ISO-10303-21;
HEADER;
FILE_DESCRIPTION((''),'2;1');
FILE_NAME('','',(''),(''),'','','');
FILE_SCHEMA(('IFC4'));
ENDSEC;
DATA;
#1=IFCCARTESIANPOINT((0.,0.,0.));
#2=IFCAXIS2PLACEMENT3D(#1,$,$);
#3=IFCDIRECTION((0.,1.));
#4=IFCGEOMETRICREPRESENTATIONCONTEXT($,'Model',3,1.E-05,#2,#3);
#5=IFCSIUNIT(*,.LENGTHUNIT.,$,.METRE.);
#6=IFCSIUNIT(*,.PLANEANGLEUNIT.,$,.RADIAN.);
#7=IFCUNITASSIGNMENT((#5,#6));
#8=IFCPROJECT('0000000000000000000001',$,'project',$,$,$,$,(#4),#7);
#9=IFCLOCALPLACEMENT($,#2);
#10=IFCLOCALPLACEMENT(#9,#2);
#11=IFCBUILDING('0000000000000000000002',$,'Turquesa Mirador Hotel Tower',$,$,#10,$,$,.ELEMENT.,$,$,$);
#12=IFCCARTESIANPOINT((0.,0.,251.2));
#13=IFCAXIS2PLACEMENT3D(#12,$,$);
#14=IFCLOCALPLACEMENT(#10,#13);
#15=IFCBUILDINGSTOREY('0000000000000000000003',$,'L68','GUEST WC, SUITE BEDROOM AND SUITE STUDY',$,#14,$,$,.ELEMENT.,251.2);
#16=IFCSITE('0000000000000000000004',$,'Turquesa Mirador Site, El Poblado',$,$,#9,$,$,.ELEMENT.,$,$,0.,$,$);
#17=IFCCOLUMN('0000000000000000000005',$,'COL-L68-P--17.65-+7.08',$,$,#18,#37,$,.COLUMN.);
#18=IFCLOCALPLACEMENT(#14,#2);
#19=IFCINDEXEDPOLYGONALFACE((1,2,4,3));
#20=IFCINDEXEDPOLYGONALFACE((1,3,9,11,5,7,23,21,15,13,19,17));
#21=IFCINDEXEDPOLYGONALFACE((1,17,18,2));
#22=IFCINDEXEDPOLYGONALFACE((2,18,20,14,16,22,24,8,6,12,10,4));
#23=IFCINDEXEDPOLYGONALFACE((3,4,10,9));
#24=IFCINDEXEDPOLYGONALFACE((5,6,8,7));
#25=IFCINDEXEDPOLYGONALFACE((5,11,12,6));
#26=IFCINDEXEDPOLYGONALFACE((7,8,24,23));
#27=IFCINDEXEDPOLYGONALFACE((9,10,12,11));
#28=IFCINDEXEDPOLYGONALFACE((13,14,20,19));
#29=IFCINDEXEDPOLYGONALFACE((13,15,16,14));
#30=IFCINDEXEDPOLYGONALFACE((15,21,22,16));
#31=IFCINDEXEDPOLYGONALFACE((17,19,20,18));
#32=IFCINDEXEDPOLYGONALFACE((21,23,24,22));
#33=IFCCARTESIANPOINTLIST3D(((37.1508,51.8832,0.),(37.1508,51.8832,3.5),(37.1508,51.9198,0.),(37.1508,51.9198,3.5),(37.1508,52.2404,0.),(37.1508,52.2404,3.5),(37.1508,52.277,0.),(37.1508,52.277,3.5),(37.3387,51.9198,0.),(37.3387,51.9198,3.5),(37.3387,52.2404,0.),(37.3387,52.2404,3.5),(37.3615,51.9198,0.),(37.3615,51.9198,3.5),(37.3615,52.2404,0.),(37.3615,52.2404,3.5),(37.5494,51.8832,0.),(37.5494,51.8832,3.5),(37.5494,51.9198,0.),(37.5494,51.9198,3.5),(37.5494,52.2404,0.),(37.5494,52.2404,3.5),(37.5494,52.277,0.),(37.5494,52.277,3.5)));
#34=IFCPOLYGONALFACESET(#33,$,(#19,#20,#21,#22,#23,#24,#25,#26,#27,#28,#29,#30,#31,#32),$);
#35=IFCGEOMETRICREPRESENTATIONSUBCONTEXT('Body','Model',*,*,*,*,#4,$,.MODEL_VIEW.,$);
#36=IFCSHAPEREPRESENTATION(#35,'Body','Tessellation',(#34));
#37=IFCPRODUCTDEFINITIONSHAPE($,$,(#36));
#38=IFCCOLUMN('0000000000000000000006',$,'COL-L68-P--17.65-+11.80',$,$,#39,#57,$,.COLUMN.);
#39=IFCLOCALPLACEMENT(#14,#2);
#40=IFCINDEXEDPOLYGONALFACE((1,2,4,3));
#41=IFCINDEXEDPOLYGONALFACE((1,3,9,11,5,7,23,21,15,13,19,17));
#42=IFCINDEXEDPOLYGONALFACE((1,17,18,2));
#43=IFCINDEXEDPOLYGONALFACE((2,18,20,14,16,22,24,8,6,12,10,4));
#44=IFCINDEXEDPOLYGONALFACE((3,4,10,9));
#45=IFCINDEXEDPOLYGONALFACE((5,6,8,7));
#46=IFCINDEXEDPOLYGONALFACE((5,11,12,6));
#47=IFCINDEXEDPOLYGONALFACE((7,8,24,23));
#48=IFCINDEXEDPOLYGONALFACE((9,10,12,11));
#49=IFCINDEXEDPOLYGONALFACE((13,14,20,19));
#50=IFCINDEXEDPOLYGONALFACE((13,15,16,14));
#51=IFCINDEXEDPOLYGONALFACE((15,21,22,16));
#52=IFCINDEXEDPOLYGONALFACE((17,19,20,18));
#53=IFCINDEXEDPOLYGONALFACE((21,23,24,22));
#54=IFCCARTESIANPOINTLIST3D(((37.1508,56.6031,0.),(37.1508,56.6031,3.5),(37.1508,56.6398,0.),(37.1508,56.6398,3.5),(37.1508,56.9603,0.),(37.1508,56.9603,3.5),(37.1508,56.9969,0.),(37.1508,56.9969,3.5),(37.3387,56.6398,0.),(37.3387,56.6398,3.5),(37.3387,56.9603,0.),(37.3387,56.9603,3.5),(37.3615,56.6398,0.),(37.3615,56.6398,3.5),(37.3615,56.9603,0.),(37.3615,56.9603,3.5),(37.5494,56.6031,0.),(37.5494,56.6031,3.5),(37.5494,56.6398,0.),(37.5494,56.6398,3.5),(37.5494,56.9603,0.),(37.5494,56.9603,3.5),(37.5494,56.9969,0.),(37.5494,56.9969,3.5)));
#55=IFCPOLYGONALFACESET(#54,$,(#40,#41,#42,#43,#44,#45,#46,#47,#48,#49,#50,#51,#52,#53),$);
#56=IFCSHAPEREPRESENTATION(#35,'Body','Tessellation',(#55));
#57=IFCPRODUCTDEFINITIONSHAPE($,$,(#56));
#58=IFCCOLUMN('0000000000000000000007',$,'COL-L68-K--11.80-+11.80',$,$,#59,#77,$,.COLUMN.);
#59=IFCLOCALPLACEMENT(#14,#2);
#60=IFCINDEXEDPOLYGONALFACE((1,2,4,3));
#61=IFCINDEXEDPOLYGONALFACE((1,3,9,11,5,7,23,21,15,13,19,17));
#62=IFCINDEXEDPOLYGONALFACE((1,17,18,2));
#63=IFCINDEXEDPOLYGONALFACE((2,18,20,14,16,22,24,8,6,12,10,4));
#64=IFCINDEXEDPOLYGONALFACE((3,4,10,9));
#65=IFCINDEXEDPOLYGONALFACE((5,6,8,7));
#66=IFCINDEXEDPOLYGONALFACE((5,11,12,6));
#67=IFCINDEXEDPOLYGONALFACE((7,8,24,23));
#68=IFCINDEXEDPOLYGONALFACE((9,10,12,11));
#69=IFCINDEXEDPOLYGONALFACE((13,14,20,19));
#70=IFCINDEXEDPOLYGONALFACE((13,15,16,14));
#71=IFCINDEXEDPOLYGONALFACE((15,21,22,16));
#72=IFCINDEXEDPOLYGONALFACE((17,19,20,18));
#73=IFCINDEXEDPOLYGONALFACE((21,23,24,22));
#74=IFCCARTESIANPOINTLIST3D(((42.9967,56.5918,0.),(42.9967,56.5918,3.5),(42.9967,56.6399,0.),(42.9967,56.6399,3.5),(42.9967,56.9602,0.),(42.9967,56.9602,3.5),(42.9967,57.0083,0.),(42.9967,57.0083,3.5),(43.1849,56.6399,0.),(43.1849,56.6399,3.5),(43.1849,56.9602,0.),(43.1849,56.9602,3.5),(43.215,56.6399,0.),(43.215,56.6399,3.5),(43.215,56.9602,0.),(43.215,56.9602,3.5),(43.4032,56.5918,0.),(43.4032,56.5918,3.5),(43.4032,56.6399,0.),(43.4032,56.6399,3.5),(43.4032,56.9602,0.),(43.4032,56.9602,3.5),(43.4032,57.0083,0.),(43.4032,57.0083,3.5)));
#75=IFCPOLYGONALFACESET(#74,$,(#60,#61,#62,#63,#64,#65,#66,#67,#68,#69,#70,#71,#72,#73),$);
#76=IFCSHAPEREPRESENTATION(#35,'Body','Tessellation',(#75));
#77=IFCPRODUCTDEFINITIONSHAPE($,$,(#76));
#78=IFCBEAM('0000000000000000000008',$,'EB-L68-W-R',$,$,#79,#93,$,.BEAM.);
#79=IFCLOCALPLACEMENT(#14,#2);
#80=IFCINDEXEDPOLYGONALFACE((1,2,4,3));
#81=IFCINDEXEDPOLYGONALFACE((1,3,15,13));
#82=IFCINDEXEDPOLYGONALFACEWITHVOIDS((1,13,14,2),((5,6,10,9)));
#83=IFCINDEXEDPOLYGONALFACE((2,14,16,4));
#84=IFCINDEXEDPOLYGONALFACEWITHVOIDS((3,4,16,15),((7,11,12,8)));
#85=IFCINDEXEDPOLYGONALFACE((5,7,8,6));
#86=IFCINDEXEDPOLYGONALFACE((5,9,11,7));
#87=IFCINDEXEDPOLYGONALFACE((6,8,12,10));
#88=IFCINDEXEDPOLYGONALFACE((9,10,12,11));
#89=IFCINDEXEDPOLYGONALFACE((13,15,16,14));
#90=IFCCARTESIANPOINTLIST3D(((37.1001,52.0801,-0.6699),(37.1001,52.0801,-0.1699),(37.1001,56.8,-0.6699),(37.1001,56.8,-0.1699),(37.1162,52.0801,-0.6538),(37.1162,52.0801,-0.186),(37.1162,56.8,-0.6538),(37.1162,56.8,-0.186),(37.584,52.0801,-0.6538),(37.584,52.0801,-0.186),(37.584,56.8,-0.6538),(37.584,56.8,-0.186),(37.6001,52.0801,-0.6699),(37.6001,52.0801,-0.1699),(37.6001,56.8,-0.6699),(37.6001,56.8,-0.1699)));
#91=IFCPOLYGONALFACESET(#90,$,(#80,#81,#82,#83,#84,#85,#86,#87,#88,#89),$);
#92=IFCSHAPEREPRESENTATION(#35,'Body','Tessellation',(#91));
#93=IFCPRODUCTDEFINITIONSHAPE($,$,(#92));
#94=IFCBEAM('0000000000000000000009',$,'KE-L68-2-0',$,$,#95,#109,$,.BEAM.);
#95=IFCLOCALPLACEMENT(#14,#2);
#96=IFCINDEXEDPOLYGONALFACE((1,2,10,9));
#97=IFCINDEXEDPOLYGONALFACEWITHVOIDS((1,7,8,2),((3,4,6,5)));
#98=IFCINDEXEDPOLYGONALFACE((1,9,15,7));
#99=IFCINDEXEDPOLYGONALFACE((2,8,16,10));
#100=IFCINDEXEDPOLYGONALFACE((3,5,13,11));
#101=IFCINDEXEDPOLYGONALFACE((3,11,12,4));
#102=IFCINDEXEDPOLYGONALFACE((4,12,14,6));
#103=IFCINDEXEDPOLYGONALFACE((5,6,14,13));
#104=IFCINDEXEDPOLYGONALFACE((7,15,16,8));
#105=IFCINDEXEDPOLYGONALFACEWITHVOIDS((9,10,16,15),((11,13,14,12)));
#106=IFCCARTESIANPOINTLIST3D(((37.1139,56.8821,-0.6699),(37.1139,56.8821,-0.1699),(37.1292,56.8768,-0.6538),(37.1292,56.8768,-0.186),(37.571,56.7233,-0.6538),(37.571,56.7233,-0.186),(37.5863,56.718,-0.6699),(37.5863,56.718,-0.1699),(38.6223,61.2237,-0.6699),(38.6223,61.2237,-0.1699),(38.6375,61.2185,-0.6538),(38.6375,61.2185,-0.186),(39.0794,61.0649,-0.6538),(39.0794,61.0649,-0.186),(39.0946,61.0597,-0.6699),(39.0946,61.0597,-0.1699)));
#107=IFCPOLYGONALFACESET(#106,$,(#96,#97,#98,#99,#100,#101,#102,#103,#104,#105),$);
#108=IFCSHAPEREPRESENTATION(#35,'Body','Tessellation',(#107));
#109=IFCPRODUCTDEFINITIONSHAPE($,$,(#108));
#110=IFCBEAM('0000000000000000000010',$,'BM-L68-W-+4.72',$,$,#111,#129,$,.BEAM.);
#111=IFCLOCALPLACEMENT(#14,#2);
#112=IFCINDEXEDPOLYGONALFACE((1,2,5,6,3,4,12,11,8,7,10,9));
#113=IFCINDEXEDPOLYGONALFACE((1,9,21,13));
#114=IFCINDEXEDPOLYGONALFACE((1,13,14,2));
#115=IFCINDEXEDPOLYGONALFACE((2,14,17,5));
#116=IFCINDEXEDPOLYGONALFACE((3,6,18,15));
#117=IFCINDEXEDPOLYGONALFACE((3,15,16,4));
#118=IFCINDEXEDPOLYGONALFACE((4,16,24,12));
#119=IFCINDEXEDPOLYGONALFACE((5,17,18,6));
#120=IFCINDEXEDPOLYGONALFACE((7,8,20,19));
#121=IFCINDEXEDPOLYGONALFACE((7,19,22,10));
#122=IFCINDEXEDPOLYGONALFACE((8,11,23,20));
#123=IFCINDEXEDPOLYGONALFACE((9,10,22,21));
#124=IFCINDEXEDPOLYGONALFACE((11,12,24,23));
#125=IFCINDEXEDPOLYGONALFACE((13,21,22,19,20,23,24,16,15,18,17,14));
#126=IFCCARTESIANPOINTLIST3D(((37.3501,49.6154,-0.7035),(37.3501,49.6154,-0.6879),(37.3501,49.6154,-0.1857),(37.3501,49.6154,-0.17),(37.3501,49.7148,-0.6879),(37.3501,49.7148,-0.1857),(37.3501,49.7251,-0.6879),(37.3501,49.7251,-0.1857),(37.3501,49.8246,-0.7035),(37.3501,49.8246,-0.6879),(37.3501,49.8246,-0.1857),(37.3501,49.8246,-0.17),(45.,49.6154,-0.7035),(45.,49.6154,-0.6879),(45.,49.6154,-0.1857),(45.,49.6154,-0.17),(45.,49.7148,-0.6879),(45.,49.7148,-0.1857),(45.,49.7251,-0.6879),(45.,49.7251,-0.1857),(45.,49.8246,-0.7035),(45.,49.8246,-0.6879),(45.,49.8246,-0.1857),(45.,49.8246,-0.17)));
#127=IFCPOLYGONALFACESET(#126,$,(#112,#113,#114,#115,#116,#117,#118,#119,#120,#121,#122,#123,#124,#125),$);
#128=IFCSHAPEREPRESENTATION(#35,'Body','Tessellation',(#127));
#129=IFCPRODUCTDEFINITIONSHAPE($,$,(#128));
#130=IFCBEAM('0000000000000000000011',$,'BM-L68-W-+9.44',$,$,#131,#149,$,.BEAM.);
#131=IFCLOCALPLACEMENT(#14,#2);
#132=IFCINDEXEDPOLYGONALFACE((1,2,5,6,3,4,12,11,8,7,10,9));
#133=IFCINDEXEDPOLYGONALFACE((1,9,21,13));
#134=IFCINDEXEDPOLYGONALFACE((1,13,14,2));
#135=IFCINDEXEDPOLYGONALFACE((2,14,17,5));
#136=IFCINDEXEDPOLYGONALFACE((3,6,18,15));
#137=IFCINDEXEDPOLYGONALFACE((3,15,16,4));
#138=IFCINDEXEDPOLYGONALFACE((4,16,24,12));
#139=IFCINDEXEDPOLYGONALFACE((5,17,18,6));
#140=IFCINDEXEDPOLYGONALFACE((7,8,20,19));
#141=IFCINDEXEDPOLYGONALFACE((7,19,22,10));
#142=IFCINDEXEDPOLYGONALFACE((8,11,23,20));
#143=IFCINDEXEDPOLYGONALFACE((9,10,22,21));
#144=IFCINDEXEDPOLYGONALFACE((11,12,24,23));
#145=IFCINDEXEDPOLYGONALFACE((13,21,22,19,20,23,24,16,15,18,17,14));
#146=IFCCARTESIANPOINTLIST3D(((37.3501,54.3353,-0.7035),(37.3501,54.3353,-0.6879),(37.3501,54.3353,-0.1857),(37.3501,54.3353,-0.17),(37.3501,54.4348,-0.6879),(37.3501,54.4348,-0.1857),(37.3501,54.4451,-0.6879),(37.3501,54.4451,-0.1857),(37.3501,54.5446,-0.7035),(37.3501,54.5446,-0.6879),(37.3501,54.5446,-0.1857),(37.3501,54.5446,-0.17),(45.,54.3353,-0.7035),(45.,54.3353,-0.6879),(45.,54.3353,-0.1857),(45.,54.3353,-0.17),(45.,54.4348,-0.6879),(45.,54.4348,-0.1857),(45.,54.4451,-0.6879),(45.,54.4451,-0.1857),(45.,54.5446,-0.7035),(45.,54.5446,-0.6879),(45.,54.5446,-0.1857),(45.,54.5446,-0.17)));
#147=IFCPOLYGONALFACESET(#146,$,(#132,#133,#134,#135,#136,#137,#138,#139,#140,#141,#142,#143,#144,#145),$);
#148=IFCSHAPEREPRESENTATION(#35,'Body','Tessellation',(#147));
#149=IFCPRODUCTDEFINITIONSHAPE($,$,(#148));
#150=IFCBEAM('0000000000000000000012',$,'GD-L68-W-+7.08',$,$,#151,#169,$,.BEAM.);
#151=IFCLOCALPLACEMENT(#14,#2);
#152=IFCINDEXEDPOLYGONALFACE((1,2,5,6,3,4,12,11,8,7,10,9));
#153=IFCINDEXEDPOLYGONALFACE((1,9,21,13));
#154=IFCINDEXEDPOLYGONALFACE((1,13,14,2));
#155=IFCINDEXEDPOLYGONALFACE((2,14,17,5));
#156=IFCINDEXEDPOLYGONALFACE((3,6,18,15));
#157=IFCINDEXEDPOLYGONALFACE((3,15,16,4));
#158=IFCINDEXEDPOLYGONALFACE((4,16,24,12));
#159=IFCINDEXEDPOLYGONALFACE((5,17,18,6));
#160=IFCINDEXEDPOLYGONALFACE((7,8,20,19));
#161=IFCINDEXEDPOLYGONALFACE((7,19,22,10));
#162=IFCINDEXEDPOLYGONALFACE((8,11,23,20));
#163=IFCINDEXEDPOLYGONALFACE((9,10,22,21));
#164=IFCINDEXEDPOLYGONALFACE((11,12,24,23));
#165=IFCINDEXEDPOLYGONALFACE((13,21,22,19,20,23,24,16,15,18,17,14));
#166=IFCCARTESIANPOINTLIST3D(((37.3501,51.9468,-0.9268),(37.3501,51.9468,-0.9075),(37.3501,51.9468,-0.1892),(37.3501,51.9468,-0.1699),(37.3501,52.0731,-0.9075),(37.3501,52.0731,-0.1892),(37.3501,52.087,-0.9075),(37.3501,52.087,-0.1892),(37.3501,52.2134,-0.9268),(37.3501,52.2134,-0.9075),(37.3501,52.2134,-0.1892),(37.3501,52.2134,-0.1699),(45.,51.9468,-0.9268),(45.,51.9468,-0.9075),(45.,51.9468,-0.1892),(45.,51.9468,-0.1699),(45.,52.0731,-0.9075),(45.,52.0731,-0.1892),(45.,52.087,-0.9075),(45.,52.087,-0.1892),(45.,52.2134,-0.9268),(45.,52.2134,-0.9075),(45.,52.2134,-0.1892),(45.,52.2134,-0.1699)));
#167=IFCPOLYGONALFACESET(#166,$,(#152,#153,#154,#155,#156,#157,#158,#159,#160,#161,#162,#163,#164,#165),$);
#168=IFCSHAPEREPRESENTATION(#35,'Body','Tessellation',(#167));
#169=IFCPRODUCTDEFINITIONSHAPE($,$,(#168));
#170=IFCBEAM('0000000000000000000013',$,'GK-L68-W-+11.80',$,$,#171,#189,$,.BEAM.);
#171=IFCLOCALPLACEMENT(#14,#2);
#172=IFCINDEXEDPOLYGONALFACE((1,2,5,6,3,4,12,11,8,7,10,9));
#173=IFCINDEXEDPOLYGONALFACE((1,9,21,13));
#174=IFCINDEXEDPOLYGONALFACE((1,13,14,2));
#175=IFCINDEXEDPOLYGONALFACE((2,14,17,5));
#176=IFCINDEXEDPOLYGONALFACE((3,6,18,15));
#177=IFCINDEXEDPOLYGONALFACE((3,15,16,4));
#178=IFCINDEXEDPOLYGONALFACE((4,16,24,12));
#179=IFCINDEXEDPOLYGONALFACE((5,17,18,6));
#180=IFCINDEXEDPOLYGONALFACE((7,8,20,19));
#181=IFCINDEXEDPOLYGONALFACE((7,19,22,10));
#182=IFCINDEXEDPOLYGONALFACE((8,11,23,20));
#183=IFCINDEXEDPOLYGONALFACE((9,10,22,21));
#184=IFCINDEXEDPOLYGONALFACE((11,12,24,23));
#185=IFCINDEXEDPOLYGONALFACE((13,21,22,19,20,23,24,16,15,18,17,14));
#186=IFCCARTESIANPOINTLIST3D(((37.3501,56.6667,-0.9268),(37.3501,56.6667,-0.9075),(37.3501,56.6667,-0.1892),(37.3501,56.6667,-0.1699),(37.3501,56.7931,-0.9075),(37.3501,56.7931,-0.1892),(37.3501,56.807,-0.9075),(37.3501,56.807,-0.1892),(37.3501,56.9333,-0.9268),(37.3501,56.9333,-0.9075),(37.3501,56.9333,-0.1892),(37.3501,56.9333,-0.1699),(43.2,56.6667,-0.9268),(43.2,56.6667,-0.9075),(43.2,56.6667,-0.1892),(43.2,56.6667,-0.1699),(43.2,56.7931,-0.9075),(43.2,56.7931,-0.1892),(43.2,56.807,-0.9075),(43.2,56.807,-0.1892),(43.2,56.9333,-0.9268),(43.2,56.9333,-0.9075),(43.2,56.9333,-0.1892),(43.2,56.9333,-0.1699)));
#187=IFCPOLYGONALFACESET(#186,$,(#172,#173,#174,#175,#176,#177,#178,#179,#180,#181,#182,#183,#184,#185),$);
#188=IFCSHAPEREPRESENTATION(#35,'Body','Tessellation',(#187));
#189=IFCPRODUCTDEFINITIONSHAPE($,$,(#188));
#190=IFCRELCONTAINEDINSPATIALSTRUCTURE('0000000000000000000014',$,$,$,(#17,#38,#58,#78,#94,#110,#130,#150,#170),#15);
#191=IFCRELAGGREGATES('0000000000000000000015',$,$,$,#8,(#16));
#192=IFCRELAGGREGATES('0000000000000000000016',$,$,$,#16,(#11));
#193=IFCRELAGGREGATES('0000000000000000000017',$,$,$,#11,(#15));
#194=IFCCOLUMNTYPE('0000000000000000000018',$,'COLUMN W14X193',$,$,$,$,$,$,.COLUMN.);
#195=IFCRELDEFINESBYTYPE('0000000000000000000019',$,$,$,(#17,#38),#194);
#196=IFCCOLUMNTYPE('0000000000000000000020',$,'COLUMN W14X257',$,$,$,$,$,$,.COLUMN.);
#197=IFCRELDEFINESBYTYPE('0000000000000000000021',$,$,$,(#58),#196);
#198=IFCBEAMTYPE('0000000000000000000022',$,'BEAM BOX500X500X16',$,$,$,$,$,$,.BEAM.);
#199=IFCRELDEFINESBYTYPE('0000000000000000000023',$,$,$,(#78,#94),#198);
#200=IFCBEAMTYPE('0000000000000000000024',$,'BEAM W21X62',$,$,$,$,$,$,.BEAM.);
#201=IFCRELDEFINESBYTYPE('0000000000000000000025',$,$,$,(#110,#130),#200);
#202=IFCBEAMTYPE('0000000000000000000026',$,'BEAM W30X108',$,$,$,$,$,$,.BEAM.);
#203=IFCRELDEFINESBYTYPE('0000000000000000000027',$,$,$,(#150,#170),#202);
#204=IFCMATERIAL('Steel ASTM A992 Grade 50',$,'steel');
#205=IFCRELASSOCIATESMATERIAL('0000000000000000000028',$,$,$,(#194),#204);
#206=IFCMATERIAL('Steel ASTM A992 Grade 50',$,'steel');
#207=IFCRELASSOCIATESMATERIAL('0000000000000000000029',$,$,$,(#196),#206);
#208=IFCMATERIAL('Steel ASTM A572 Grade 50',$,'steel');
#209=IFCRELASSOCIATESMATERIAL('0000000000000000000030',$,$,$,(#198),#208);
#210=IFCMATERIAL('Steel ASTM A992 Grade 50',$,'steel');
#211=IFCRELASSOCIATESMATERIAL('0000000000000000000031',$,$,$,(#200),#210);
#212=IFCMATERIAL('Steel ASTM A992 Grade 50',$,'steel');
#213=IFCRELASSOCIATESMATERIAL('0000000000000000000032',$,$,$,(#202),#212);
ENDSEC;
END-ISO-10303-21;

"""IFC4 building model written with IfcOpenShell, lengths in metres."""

from ifc_helpers import new_model, si_unit, direction, frame, origin, origin_2d, place, context, subcontext, project, spatial, hollow_rectangle, i_section, extrude, material, material_profile, profile_set, type_object, element, save


model = new_model("IFC4")

# Units and contexts
model_context = context("Model", 3, precision=1e-05, world=origin(), true_north=direction((0.0, 1.0)))
body_context = subcontext(model_context, "Body", "Model", "MODEL_VIEW")
ifc_project = project(units=[si_unit("LENGTHUNIT", "METRE"), si_unit("PLANEANGLEUNIT", "RADIAN")], contexts=[model_context])

# Site, building, storey
site_placement = place(None, origin())
site = spatial("IfcSite", under=ifc_project, at=site_placement, Name="Turquesa Mirador Site, El Poblado", CompositionType="ELEMENT", RefElevation=0.0)
building_placement = place(site_placement, origin())
building = spatial("IfcBuilding", under=site, at=building_placement, Name="Turquesa Mirador Hotel Tower", CompositionType="ELEMENT")
storey_placement = place(building_placement, frame((0.0, 0.0, 251.2)))
storey = spatial("IfcBuildingStorey", under=building, at=storey_placement, Name="L68", Description="GUEST WC, SUITE BEDROOM AND SUITE STUDY", CompositionType="ELEMENT", Elevation=251.2)

# Columns
ifc_material_1 = material(Name="Steel ASTM A992 Grade 50", Category="steel")
ifc_material_profile_1 = material_profile(ifc_material_1, i_section(OverallWidth=0.3987, OverallDepth=0.3938, WebThickness=0.0227, FlangeThickness=0.0366, at=origin_2d()), Name="W14X193")
ifc_profile_set_1 = profile_set([ifc_material_profile_1], Name="Steel ASTM A992 Grade 50")
column_type_1 = type_object("IfcColumnType", Name="COLUMN W14X193", PredefinedType="COLUMN", material=ifc_profile_set_1)
for number, where, z_axis, x_axis, name in (
    (1, (37.3501, 52.0801, 0.0), (0.0, 0.0, 1.0), (1.0, 0.0, 0.0), "COL-L68-P--17.65-+7.08"),
    (2, (37.3501, 56.8, 0.0), (0.0, 0.0, 1.0), (1.0, 0.0, 0.0), "COL-L68-P--17.65-+11.80"),
):
    element("IfcColumn", number, at=place(storey_placement, frame(where, z_axis=z_axis, x_axis=x_axis)), inside=storey, type_object=column_type_1, Name=name, PredefinedType="COLUMN", context=body_context, shape_type="SweptSolid", body=[
        extrude(i_section(OverallWidth=0.3987, OverallDepth=0.3938, WebThickness=0.0227, FlangeThickness=0.0366, at=origin_2d()), origin(), (0.0, 0.0, 1.0), 3.5),
    ])
ifc_material_2 = material(Name="Steel ASTM A992 Grade 50", Category="steel")
ifc_material_profile_2 = material_profile(ifc_material_2, i_section(OverallWidth=0.4065, OverallDepth=0.4165, WebThickness=0.03, FlangeThickness=0.0481, at=origin_2d()), Name="W14X257")
ifc_profile_set_2 = profile_set([ifc_material_profile_2], Name="Steel ASTM A992 Grade 50")
column_type_2 = type_object("IfcColumnType", Name="COLUMN W14X257", PredefinedType="COLUMN", material=ifc_profile_set_2)
column_placement = place(storey_placement, frame((43.2, 56.8, 0.0), z_axis=(0.0, 0.0, 1.0), x_axis=(1.0, 0.0, 0.0)))
element("IfcColumn", 3, at=column_placement, inside=storey, type_object=column_type_2, Name="COL-L68-K--11.80-+11.80", PredefinedType="COLUMN", context=body_context, shape_type="SweptSolid", body=[
    extrude(i_section(OverallWidth=0.4065, OverallDepth=0.4165, WebThickness=0.03, FlangeThickness=0.0481, at=origin_2d()), origin(), (0.0, 0.0, 1.0), 3.5),
])

# Beams
ifc_material_3 = material(Name="Steel ASTM A572 Grade 50", Category="steel")
ifc_material_profile_3 = material_profile(ifc_material_3, hollow_rectangle(XDim=0.5, YDim=0.5, WallThickness=0.0161, at=origin_2d()), Name="BOX500X500X16")
ifc_profile_set_3 = profile_set([ifc_material_profile_3], Name="Steel ASTM A572 Grade 50")
beam_type_1 = type_object("IfcBeamType", Name="BEAM BOX500X500X16", PredefinedType="BEAM", material=ifc_profile_set_3)
beam_1_placement = place(storey_placement, frame((37.3501, 52.0801, -0.4199), z_axis=(0.0, 1.0, 0.0), x_axis=(-1.0, 0.0, 0.0)))
element("IfcBeam", 4, at=beam_1_placement, inside=storey, type_object=beam_type_1, Name="EB-L68-W-R", PredefinedType="BEAM", context=body_context, shape_type="SweptSolid", body=[
    extrude(hollow_rectangle(XDim=0.5, YDim=0.5, WallThickness=0.0161, at=origin_2d()), origin(), (0.0, 0.0, 1.0), 4.72),
])
beam_2_placement = place(storey_placement, frame((37.3501, 56.8, -0.4199), z_axis=(0.32817, 0.944619, 0.0), x_axis=(-0.944619, 0.32817, 0.0)))
element("IfcBeam", 5, at=beam_2_placement, inside=storey, type_object=beam_type_1, Name="KE-L68-2-0", PredefinedType="BEAM", context=body_context, shape_type="SweptSolid", body=[
    extrude(hollow_rectangle(XDim=0.5, YDim=0.5, WallThickness=0.0161, at=origin_2d()), origin(), (0.0, 0.0, 1.0), 4.5962),
])
ifc_material_4 = material(Name="Steel ASTM A992 Grade 50", Category="steel")
ifc_material_profile_4 = material_profile(ifc_material_4, i_section(OverallWidth=0.2092, OverallDepth=0.5334, WebThickness=0.0103, FlangeThickness=0.0156, at=origin_2d()), Name="W21X62")
ifc_profile_set_4 = profile_set([ifc_material_profile_4], Name="Steel ASTM A992 Grade 50")
beam_type_2 = type_object("IfcBeamType", Name="BEAM W21X62", PredefinedType="BEAM", material=ifc_profile_set_4)
for number, where, z_axis, x_axis, name in (
    (6, (37.3501, 49.72, -0.4368), (1.0, 0.0, 0.0), (0.0, 1.0, 0.0), "BM-L68-W-+4.72"),
    (7, (37.3501, 54.4399, -0.4368), (1.0, 0.0, 0.0), (0.0, 1.0, 0.0), "BM-L68-W-+9.44"),
):
    element("IfcBeam", number, at=place(storey_placement, frame(where, z_axis=z_axis, x_axis=x_axis)), inside=storey, type_object=beam_type_2, Name=name, PredefinedType="BEAM", context=body_context, shape_type="SweptSolid", body=[
        extrude(i_section(OverallWidth=0.2092, OverallDepth=0.5334, WebThickness=0.0103, FlangeThickness=0.0156, at=origin_2d()), origin(), (0.0, 0.0, 1.0), 7.6499),
    ])
ifc_material_5 = material(Name="Steel ASTM A992 Grade 50", Category="steel")
ifc_material_profile_5 = material_profile(ifc_material_5, i_section(OverallWidth=0.2666, OverallDepth=0.7568, WebThickness=0.0139, FlangeThickness=0.0193, at=origin_2d()), Name="W30X108")
ifc_profile_set_5 = profile_set([ifc_material_profile_5], Name="Steel ASTM A992 Grade 50")
beam_type_3 = type_object("IfcBeamType", Name="BEAM W30X108", PredefinedType="BEAM", material=ifc_profile_set_5)
beam_3_placement = place(storey_placement, frame((37.3501, 52.0801, -0.5483), z_axis=(1.0, 0.0, 0.0), x_axis=(0.0, 1.0, 0.0)))
element("IfcBeam", 8, at=beam_3_placement, inside=storey, type_object=beam_type_3, Name="GD-L68-W-+7.08", PredefinedType="BEAM", context=body_context, shape_type="SweptSolid", body=[
    extrude(i_section(OverallWidth=0.2666, OverallDepth=0.7568, WebThickness=0.0139, FlangeThickness=0.0193, at=origin_2d()), origin(), (0.0, 0.0, 1.0), 7.6499),
])
beam_4_placement = place(storey_placement, frame((37.3501, 56.8, -0.5483), z_axis=(1.0, 0.0, 0.0), x_axis=(0.0, 1.0, 0.0)))
element("IfcBeam", 9, at=beam_4_placement, inside=storey, type_object=beam_type_3, Name="GK-L68-W-+11.80", PredefinedType="BEAM", context=body_context, shape_type="SweptSolid", body=[
    extrude(i_section(OverallWidth=0.2666, OverallDepth=0.7568, WebThickness=0.0139, FlangeThickness=0.0193, at=origin_2d()), origin(), (0.0, 0.0, 1.0), 5.8499),
])

save(model, "model.ifc")
